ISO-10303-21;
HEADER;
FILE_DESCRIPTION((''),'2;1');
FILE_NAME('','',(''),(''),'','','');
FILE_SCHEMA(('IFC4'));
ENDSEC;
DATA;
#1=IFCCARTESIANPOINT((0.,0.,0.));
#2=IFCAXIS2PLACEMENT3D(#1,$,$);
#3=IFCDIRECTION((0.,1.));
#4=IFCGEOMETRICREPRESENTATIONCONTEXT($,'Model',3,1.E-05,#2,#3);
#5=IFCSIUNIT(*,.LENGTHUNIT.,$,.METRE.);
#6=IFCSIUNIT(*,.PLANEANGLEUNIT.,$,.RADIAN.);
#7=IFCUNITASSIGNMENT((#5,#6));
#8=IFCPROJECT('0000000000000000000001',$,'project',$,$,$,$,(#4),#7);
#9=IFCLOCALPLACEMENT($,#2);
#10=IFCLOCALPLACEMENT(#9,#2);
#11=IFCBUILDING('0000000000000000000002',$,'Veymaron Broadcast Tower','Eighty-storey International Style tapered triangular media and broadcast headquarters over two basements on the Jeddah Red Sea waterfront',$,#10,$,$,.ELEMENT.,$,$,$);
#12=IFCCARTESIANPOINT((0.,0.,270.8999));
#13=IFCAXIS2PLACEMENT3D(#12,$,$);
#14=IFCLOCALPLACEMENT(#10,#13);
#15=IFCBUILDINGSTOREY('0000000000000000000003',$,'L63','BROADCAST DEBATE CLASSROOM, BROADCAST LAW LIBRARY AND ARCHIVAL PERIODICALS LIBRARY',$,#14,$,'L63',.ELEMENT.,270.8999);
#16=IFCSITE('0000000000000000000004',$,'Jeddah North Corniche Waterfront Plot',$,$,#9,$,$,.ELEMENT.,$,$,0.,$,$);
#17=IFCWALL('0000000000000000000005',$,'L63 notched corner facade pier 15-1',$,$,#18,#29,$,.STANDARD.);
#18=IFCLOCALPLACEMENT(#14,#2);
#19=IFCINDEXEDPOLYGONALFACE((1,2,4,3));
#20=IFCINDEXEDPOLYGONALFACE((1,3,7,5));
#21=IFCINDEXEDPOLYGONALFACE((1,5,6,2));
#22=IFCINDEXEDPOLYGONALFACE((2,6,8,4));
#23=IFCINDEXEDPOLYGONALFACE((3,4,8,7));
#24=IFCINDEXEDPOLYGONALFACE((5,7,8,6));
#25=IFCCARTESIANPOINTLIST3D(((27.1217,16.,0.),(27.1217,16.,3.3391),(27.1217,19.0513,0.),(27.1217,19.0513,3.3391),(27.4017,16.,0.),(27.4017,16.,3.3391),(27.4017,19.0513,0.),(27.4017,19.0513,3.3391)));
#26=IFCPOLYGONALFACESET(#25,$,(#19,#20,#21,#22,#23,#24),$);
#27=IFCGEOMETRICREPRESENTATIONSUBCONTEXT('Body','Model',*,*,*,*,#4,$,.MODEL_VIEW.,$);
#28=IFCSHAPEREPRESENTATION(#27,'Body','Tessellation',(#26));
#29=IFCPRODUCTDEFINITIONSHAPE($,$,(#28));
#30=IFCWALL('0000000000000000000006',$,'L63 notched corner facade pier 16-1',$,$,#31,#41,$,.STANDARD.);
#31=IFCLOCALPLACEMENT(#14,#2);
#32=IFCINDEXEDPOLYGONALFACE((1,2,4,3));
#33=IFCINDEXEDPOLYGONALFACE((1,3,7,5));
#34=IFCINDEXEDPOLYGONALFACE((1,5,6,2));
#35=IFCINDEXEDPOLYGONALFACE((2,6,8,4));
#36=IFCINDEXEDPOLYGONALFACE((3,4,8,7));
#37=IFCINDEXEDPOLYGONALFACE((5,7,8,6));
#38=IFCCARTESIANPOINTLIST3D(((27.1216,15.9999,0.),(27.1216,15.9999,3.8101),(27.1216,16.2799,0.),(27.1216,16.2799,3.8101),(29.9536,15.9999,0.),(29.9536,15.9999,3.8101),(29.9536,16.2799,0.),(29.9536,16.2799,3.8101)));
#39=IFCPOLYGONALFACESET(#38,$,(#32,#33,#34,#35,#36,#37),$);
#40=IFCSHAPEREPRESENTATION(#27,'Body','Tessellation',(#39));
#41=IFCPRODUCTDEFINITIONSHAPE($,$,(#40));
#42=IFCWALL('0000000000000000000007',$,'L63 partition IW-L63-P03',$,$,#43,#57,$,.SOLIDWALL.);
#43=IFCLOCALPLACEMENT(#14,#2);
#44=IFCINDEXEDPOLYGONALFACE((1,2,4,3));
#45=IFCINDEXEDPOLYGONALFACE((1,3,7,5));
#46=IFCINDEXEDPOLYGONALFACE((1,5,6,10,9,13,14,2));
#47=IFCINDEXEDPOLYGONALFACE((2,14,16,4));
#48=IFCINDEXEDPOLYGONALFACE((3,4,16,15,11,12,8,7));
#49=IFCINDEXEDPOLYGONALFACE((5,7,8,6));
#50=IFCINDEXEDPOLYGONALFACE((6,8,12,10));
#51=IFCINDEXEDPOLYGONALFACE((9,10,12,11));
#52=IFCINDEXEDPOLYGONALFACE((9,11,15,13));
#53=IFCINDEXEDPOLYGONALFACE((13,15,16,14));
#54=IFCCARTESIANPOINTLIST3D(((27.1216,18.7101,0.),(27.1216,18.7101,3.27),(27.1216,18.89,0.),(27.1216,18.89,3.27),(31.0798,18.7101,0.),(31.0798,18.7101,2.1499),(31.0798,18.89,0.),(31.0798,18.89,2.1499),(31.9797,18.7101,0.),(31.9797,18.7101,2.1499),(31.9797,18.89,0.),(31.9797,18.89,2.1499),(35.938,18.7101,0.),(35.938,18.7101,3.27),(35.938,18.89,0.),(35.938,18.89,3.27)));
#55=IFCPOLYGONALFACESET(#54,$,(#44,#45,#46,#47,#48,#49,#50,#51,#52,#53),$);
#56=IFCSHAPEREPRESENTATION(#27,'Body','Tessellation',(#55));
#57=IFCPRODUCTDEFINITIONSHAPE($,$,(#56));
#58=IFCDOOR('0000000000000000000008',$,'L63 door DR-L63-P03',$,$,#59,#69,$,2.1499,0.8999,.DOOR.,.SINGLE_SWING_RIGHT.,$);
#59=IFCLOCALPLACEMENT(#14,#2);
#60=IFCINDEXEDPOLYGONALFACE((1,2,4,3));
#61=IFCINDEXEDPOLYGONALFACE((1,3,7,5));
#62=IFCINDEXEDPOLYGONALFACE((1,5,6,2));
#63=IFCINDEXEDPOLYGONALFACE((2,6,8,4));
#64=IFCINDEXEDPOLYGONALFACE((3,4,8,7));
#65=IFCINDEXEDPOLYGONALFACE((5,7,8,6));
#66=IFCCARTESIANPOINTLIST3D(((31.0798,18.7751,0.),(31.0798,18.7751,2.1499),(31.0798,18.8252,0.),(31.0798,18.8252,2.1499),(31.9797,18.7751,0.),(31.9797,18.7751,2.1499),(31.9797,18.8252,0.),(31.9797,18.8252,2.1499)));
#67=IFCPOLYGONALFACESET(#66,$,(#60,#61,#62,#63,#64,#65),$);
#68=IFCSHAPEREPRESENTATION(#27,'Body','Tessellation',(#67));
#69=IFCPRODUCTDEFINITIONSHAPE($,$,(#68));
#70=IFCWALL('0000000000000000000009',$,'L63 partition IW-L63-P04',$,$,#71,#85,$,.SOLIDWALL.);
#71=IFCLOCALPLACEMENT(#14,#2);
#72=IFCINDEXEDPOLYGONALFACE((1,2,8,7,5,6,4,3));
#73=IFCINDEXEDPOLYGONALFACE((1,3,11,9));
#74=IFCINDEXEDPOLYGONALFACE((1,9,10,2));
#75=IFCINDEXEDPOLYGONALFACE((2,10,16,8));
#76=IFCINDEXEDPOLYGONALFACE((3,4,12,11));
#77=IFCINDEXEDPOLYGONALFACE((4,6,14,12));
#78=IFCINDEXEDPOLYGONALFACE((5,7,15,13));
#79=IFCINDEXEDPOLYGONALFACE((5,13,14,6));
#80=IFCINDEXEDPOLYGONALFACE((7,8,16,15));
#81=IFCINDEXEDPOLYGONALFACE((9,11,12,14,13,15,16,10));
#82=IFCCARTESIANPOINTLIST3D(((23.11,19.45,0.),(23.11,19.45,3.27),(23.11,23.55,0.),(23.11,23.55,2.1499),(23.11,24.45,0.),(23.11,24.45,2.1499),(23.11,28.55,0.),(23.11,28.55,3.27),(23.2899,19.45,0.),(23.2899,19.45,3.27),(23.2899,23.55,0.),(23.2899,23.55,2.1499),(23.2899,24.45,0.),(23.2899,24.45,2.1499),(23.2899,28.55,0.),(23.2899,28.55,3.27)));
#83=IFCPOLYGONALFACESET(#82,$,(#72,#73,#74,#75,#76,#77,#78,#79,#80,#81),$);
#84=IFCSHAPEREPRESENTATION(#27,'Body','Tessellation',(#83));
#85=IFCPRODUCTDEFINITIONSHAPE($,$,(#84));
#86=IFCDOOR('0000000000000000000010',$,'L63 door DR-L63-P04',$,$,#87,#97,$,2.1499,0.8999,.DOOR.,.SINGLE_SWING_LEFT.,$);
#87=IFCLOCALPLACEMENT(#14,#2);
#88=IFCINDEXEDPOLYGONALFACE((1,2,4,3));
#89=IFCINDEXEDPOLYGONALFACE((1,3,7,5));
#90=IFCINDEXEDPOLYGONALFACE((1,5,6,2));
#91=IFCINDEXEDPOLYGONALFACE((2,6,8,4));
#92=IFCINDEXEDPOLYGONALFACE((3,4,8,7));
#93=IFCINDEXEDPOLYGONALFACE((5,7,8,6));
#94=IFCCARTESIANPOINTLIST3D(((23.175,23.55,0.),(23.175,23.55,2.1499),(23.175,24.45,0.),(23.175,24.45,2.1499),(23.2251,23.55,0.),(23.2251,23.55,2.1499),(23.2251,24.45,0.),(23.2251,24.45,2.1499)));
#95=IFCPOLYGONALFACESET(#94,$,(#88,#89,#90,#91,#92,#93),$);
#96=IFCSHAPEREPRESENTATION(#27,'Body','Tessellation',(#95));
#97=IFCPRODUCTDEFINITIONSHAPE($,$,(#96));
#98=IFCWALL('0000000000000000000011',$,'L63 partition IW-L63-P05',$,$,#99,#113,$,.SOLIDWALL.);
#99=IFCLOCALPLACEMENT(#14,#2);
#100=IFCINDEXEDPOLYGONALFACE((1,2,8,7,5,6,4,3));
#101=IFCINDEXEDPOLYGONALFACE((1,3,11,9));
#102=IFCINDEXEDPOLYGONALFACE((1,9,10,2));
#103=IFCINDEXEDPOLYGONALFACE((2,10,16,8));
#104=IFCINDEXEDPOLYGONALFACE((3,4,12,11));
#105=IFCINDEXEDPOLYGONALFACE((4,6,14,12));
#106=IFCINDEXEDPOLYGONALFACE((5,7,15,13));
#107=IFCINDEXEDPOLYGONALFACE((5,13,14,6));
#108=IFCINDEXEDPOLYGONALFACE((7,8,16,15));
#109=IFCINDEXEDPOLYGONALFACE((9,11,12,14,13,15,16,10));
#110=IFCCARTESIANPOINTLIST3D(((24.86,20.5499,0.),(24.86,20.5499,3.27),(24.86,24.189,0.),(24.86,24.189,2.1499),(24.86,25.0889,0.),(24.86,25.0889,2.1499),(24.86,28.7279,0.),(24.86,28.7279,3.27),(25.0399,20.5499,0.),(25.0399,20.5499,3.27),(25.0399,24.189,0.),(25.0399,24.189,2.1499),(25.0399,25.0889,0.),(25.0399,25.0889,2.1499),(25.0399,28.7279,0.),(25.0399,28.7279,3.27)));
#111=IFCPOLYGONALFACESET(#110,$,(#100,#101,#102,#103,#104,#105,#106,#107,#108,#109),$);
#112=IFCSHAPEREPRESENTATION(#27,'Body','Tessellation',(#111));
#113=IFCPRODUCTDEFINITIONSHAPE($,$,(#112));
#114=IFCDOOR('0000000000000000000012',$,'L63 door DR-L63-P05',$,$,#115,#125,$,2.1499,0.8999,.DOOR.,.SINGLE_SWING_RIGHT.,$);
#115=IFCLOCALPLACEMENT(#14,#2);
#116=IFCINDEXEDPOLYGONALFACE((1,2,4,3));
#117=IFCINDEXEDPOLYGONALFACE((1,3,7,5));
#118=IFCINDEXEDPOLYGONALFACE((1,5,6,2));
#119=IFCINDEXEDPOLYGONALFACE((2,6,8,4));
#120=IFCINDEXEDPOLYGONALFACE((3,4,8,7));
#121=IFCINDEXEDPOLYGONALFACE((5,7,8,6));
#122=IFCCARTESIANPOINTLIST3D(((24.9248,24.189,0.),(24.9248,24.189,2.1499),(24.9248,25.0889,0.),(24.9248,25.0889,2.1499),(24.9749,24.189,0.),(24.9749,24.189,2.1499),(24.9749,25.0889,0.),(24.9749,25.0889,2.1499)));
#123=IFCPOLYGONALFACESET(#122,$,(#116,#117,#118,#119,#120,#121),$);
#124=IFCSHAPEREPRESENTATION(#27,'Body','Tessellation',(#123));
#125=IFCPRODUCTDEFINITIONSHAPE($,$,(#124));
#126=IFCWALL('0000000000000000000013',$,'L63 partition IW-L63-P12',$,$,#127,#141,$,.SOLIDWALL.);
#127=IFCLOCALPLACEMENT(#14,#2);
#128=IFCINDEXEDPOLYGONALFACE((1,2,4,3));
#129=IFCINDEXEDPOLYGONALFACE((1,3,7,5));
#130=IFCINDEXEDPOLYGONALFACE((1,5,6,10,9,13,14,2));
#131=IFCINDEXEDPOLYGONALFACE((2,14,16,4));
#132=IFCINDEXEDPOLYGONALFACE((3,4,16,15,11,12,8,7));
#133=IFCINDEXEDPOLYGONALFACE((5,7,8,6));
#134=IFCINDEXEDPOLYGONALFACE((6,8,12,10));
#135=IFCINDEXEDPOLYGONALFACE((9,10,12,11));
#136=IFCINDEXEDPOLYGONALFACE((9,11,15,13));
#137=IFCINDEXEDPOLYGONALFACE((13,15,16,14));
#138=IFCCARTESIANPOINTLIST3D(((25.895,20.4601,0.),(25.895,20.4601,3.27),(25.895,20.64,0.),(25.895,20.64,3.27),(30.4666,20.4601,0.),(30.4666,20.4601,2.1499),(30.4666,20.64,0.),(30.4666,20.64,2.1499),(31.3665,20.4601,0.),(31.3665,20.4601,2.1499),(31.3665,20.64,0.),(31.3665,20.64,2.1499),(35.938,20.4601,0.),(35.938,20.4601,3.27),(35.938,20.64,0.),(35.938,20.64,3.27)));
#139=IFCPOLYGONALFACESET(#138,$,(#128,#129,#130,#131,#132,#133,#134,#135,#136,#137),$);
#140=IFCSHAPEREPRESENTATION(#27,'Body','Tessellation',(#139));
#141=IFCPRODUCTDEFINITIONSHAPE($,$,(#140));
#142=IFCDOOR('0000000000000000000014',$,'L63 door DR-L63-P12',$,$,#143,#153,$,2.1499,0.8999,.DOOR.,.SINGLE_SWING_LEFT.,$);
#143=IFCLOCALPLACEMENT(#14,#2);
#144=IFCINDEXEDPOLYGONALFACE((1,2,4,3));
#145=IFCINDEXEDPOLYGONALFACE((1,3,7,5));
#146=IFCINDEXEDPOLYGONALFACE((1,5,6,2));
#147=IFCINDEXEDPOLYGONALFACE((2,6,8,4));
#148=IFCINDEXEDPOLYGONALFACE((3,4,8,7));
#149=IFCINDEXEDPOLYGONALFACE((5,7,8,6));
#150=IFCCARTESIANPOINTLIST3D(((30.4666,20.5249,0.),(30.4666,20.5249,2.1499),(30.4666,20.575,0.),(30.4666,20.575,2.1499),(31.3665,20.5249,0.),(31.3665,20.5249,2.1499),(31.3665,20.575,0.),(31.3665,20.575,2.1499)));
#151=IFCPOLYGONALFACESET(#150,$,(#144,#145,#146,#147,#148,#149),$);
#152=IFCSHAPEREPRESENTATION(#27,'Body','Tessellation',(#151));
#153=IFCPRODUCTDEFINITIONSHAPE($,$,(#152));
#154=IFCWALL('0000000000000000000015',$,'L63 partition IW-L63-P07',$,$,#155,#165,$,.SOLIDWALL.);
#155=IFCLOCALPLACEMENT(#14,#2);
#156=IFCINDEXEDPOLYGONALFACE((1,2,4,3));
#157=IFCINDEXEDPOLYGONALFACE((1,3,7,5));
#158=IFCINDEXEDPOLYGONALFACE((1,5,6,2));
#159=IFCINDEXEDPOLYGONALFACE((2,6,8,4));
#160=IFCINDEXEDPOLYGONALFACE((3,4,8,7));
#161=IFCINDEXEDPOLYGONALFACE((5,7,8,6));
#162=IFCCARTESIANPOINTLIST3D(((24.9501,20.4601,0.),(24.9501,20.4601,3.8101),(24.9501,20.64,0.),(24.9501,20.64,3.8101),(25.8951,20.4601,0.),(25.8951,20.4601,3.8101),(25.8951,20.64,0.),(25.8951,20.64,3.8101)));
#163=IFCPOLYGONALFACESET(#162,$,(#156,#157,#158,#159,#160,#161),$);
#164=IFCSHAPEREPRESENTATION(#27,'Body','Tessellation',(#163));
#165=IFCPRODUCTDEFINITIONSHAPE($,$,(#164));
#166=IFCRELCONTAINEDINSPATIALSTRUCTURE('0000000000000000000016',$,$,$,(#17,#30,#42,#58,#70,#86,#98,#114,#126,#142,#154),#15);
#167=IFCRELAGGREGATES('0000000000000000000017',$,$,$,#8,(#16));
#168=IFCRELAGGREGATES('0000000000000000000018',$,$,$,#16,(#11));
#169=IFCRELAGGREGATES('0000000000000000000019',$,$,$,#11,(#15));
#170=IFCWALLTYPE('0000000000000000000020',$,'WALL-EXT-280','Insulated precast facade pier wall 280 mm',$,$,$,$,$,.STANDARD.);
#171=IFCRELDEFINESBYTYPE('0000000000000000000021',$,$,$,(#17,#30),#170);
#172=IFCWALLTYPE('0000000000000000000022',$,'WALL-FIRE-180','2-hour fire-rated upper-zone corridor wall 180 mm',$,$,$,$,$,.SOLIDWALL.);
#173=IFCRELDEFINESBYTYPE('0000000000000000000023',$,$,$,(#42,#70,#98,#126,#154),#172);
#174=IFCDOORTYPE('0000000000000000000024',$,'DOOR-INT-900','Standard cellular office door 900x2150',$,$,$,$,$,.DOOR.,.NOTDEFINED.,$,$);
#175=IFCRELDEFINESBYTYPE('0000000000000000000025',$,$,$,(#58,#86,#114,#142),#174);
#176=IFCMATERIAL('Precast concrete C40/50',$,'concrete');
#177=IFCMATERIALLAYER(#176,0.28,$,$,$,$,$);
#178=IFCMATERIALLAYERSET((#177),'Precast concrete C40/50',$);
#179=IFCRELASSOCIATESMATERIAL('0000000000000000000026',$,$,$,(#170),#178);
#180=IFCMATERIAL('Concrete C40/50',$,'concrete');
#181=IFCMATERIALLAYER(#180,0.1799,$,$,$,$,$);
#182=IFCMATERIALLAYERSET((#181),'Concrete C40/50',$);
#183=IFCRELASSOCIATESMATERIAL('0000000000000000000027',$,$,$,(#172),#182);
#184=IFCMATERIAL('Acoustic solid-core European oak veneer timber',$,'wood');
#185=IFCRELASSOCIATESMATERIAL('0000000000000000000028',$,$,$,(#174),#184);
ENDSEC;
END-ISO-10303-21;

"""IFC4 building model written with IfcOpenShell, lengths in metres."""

from ifc_helpers import new_model, si_unit, direction, frame, frame_2d, origin, place, context, subcontext, project, spatial, rectangle, extrude, material, layer, layer_set, type_object, element, fill, save


model = new_model("IFC4")

# Units and contexts
model_context = context("Model", 3, precision=1e-05, world=origin(), true_north=direction((0.0, 1.0)))
body_context = subcontext(model_context, "Body", "Model", "MODEL_VIEW")
ifc_project = project(units=[si_unit("LENGTHUNIT", "METRE"), si_unit("PLANEANGLEUNIT", "RADIAN")], contexts=[model_context])

# Site, building, storey
site_placement = place(None, origin())
site = spatial("IfcSite", under=ifc_project, at=site_placement, Name="Jeddah North Corniche Waterfront Plot", CompositionType="ELEMENT", RefElevation=0.0)
building_placement = place(site_placement, origin())
building = spatial("IfcBuilding", under=site, at=building_placement, Name="Veymaron Broadcast Tower", Description="Eighty-storey International Style tapered triangular media and broadcast headquarters over two basements on the Jeddah Red Sea waterfront", CompositionType="ELEMENT")
storey_placement = place(building_placement, frame((0.0, 0.0, 270.8999)))
storey = spatial("IfcBuildingStorey", under=building, at=storey_placement, Name="L63", Description="BROADCAST DEBATE CLASSROOM, BROADCAST LAW LIBRARY AND ARCHIVAL PERIODICALS LIBRARY", LongName="L63", CompositionType="ELEMENT", Elevation=270.8999)

# Shared definitions
ifc_material_1 = material(Name="Concrete C40/50", Category="concrete")

# Walls
ifc_material_2 = material(Name="Precast concrete C40/50", Category="concrete")
ifc_layer_1 = layer(ifc_material_2, 0.28)
ifc_layer_set_1 = layer_set([ifc_layer_1], Name="Precast concrete C40/50")
wall_type_1 = type_object("IfcWallType", Name="WALL-EXT-280", Description="Insulated precast facade pier wall 280 mm", PredefinedType="STANDARD", material=ifc_layer_set_1)
wall_1_placement = place(storey_placement, frame((27.2617, 19.0513, 0.0), z_axis=(0.0, 0.0, 1.0), x_axis=(0.0, -1.0, 0.0)))
element("IfcWall", 1, at=wall_1_placement, inside=storey, type_object=wall_type_1, Name="L63 notched corner facade pier 15-1", PredefinedType="STANDARD", context=body_context, shape_type="SweptSolid", body=[
    extrude(rectangle(XDim=3.0513, YDim=0.28, at=frame_2d((1.5256, 0.0))), origin(), (0.0, 0.0, 1.0), 3.3391),
])
wall_2_placement = place(storey_placement, frame((27.1216, 16.1399, 0.0), z_axis=(0.0, 0.0, 1.0), x_axis=(1.0, 0.0, 0.0)))
element("IfcWall", 2, at=wall_2_placement, inside=storey, type_object=wall_type_1, Name="L63 notched corner facade pier 16-1", PredefinedType="STANDARD", context=body_context, shape_type="SweptSolid", body=[
    extrude(rectangle(XDim=2.832, YDim=0.28, at=frame_2d((1.416, 0.0))), origin(), (0.0, 0.0, 1.0), 3.8101),
])

# Walls, openings, doors
ifc_layer_2 = layer(ifc_material_1, 0.1799)
ifc_layer_set_2 = layer_set([ifc_layer_2], Name="Concrete C40/50")
wall_type_2 = type_object("IfcWallType", Name="WALL-FIRE-180", Description="2-hour fire-rated upper-zone corridor wall 180 mm", PredefinedType="SOLIDWALL", material=ifc_layer_set_2)
wall_3_placement = place(storey_placement, frame((27.1216, 18.8, 0.0), z_axis=(0.0, 0.0, 1.0), x_axis=(1.0, 0.0, 0.0)))
wall_3 = element("IfcWall", 3, at=wall_3_placement, inside=storey, type_object=wall_type_2, Name="L63 partition IW-L63-P03", PredefinedType="SOLIDWALL", context=body_context, shape_type="SweptSolid", body=[
    extrude(rectangle(XDim=8.8164, YDim=0.1799, at=frame_2d((4.4082, 0.0))), origin(), (0.0, 0.0, 1.0), 3.27),
])
opening_1_placement = place(wall_3_placement, frame((3.9583, 0.0, 0.0)))
opening_1 = element("IfcOpeningElement", 4, at=opening_1_placement, cuts=wall_3, PredefinedType="OPENING", context=body_context, shape_type="SweptSolid", body=[
    extrude(rectangle(XDim=0.8999, YDim=2.1499, at=frame_2d((0.45, 1.075))), frame((0.0, 0.1001, 0.0), z_axis=(0.0, -1.0, 0.0), x_axis=(1.0, 0.0, 0.0)), (0.0, 0.0, 1.0), 0.2),
])
ifc_material_3 = material(Name="Acoustic solid-core European oak veneer timber", Category="wood")
door_type = type_object("IfcDoorType", Name="DOOR-INT-900", Description="Standard cellular office door 900x2150", OperationType="NOTDEFINED", PredefinedType="DOOR", material=ifc_material_3)
door_1_placement = place(opening_1_placement, frame((0.8999, 0.0, 0.0), z_axis=(0.0, 0.0, 1.0), x_axis=(-1.0, 0.0, 0.0)))
door_1 = element("IfcDoor", 5, at=door_1_placement, inside=storey, type_object=door_type, Name="L63 door DR-L63-P03", OperationType="SINGLE_SWING_RIGHT", OverallHeight=2.1499, OverallWidth=0.8999, PredefinedType="DOOR", context=body_context, shape_type="SweptSolid", body=[
    extrude(rectangle(XDim=0.8999, YDim=2.1499, at=frame_2d((0.45, 1.075))), frame((0.0, 0.0249, 0.0), z_axis=(0.0, -1.0, 0.0), x_axis=(1.0, 0.0, 0.0)), (0.0, 0.0, 1.0), 0.05),
])
fill(opening_1, door_1)
wall_4_placement = place(storey_placement, frame((23.2, 19.45, 0.0), z_axis=(0.0, 0.0, 1.0), x_axis=(0.0, 1.0, 0.0)))
wall_4 = element("IfcWall", 6, at=wall_4_placement, inside=storey, type_object=wall_type_2, Name="L63 partition IW-L63-P04", PredefinedType="SOLIDWALL", context=body_context, shape_type="SweptSolid", body=[
    extrude(rectangle(XDim=9.1001, YDim=0.1799, at=frame_2d((4.55, 0.0))), origin(), (0.0, 0.0, 1.0), 3.27),
])
opening_2_placement = place(wall_4_placement, frame((4.1001, 0.0, 0.0)))
opening_2 = element("IfcOpeningElement", 7, at=opening_2_placement, cuts=wall_4, PredefinedType="OPENING", context=body_context, shape_type="SweptSolid", body=[
    extrude(rectangle(XDim=0.8999, YDim=2.1499, at=frame_2d((0.45, 1.075))), frame((0.0, 0.1001, 0.0), z_axis=(0.0, -1.0, 0.0), x_axis=(1.0, 0.0, 0.0)), (0.0, 0.0, 1.0), 0.2),
])
door_2_placement = place(opening_2_placement, origin())
door_2 = element("IfcDoor", 8, at=door_2_placement, inside=storey, type_object=door_type, Name="L63 door DR-L63-P04", OperationType="SINGLE_SWING_LEFT", OverallHeight=2.1499, OverallWidth=0.8999, PredefinedType="DOOR", context=body_context, shape_type="SweptSolid", body=[
    extrude(rectangle(XDim=0.8999, YDim=2.1499, at=frame_2d((0.45, 1.075))), frame((0.0, 0.0249, 0.0), z_axis=(0.0, -1.0, 0.0), x_axis=(1.0, 0.0, 0.0)), (0.0, 0.0, 1.0), 0.05),
])
fill(opening_2, door_2)
wall_5_placement = place(storey_placement, frame((24.95, 20.55, 0.0), z_axis=(0.0, 0.0, 1.0), x_axis=(0.0, 1.0, 0.0)))
wall_5 = element("IfcWall", 9, at=wall_5_placement, inside=storey, type_object=wall_type_2, Name="L63 partition IW-L63-P05", PredefinedType="SOLIDWALL", context=body_context, shape_type="SweptSolid", body=[
    extrude(rectangle(XDim=8.178, YDim=0.1799, at=frame_2d((4.0889, 0.0))), origin(), (0.0, 0.0, 1.0), 3.27),
])
opening_3_placement = place(wall_5_placement, frame((3.6389, 0.0, 0.0)))
opening_3 = element("IfcOpeningElement", 10, at=opening_3_placement, cuts=wall_5, PredefinedType="OPENING", context=body_context, shape_type="SweptSolid", body=[
    extrude(rectangle(XDim=0.8999, YDim=2.1499, at=frame_2d((0.45, 1.075))), frame((0.0, 0.1001, 0.0), z_axis=(0.0, -1.0, 0.0), x_axis=(1.0, 0.0, 0.0)), (0.0, 0.0, 1.0), 0.2),
])
door_3_placement = place(opening_3_placement, frame((0.8999, 0.0, 0.0), z_axis=(0.0, 0.0, 1.0), x_axis=(-1.0, 0.0, 0.0)))
door_3 = element("IfcDoor", 11, at=door_3_placement, inside=storey, type_object=door_type, Name="L63 door DR-L63-P05", OperationType="SINGLE_SWING_RIGHT", OverallHeight=2.1499, OverallWidth=0.8999, PredefinedType="DOOR", context=body_context, shape_type="SweptSolid", body=[
    extrude(rectangle(XDim=0.8999, YDim=2.1499, at=frame_2d((0.45, 1.075))), frame((0.0, 0.0249, 0.0), z_axis=(0.0, -1.0, 0.0), x_axis=(1.0, 0.0, 0.0)), (0.0, 0.0, 1.0), 0.05),
])
fill(opening_3, door_3)
wall_6_placement = place(storey_placement, frame((25.895, 20.55, 0.0), z_axis=(0.0, 0.0, 1.0), x_axis=(1.0, 0.0, 0.0)))
wall_6 = element("IfcWall", 12, at=wall_6_placement, inside=storey, type_object=wall_type_2, Name="L63 partition IW-L63-P12", PredefinedType="SOLIDWALL", context=body_context, shape_type="SweptSolid", body=[
    extrude(rectangle(XDim=10.043, YDim=0.1799, at=frame_2d((5.0215, 0.0))), origin(), (0.0, 0.0, 1.0), 3.27),
])
opening_4_placement = place(wall_6_placement, frame((4.5715, 0.0, 0.0)))
opening_4 = element("IfcOpeningElement", 13, at=opening_4_placement, cuts=wall_6, PredefinedType="OPENING", context=body_context, shape_type="SweptSolid", body=[
    extrude(rectangle(XDim=0.8999, YDim=2.1499, at=frame_2d((0.45, 1.075))), frame((0.0, 0.1001, 0.0), z_axis=(0.0, -1.0, 0.0), x_axis=(1.0, 0.0, 0.0)), (0.0, 0.0, 1.0), 0.2),
])
door_4_placement = place(opening_4_placement, origin())
door_4 = element("IfcDoor", 14, at=door_4_placement, inside=storey, type_object=door_type, Name="L63 door DR-L63-P12", OperationType="SINGLE_SWING_LEFT", OverallHeight=2.1499, OverallWidth=0.8999, PredefinedType="DOOR", context=body_context, shape_type="SweptSolid", body=[
    extrude(rectangle(XDim=0.8999, YDim=2.1499, at=frame_2d((0.45, 1.075))), frame((0.0, 0.0249, 0.0), z_axis=(0.0, -1.0, 0.0), x_axis=(1.0, 0.0, 0.0)), (0.0, 0.0, 1.0), 0.05),
])
fill(opening_4, door_4)

# Wall
wall_7_placement = place(storey_placement, frame((24.95, 20.55, 0.0), z_axis=(0.0, 0.0, 1.0), x_axis=(1.0, 0.0, 0.0)))
element("IfcWall", 15, at=wall_7_placement, inside=storey, type_object=wall_type_2, Name="L63 partition IW-L63-P07", PredefinedType="SOLIDWALL", context=body_context, shape_type="SweptSolid", body=[
    extrude(rectangle(XDim=0.9451, YDim=0.1799, at=frame_2d((0.4727, 0.0))), origin(), (0.0, 0.0, 1.0), 3.8101),
])

save(model, "model.ifc")
